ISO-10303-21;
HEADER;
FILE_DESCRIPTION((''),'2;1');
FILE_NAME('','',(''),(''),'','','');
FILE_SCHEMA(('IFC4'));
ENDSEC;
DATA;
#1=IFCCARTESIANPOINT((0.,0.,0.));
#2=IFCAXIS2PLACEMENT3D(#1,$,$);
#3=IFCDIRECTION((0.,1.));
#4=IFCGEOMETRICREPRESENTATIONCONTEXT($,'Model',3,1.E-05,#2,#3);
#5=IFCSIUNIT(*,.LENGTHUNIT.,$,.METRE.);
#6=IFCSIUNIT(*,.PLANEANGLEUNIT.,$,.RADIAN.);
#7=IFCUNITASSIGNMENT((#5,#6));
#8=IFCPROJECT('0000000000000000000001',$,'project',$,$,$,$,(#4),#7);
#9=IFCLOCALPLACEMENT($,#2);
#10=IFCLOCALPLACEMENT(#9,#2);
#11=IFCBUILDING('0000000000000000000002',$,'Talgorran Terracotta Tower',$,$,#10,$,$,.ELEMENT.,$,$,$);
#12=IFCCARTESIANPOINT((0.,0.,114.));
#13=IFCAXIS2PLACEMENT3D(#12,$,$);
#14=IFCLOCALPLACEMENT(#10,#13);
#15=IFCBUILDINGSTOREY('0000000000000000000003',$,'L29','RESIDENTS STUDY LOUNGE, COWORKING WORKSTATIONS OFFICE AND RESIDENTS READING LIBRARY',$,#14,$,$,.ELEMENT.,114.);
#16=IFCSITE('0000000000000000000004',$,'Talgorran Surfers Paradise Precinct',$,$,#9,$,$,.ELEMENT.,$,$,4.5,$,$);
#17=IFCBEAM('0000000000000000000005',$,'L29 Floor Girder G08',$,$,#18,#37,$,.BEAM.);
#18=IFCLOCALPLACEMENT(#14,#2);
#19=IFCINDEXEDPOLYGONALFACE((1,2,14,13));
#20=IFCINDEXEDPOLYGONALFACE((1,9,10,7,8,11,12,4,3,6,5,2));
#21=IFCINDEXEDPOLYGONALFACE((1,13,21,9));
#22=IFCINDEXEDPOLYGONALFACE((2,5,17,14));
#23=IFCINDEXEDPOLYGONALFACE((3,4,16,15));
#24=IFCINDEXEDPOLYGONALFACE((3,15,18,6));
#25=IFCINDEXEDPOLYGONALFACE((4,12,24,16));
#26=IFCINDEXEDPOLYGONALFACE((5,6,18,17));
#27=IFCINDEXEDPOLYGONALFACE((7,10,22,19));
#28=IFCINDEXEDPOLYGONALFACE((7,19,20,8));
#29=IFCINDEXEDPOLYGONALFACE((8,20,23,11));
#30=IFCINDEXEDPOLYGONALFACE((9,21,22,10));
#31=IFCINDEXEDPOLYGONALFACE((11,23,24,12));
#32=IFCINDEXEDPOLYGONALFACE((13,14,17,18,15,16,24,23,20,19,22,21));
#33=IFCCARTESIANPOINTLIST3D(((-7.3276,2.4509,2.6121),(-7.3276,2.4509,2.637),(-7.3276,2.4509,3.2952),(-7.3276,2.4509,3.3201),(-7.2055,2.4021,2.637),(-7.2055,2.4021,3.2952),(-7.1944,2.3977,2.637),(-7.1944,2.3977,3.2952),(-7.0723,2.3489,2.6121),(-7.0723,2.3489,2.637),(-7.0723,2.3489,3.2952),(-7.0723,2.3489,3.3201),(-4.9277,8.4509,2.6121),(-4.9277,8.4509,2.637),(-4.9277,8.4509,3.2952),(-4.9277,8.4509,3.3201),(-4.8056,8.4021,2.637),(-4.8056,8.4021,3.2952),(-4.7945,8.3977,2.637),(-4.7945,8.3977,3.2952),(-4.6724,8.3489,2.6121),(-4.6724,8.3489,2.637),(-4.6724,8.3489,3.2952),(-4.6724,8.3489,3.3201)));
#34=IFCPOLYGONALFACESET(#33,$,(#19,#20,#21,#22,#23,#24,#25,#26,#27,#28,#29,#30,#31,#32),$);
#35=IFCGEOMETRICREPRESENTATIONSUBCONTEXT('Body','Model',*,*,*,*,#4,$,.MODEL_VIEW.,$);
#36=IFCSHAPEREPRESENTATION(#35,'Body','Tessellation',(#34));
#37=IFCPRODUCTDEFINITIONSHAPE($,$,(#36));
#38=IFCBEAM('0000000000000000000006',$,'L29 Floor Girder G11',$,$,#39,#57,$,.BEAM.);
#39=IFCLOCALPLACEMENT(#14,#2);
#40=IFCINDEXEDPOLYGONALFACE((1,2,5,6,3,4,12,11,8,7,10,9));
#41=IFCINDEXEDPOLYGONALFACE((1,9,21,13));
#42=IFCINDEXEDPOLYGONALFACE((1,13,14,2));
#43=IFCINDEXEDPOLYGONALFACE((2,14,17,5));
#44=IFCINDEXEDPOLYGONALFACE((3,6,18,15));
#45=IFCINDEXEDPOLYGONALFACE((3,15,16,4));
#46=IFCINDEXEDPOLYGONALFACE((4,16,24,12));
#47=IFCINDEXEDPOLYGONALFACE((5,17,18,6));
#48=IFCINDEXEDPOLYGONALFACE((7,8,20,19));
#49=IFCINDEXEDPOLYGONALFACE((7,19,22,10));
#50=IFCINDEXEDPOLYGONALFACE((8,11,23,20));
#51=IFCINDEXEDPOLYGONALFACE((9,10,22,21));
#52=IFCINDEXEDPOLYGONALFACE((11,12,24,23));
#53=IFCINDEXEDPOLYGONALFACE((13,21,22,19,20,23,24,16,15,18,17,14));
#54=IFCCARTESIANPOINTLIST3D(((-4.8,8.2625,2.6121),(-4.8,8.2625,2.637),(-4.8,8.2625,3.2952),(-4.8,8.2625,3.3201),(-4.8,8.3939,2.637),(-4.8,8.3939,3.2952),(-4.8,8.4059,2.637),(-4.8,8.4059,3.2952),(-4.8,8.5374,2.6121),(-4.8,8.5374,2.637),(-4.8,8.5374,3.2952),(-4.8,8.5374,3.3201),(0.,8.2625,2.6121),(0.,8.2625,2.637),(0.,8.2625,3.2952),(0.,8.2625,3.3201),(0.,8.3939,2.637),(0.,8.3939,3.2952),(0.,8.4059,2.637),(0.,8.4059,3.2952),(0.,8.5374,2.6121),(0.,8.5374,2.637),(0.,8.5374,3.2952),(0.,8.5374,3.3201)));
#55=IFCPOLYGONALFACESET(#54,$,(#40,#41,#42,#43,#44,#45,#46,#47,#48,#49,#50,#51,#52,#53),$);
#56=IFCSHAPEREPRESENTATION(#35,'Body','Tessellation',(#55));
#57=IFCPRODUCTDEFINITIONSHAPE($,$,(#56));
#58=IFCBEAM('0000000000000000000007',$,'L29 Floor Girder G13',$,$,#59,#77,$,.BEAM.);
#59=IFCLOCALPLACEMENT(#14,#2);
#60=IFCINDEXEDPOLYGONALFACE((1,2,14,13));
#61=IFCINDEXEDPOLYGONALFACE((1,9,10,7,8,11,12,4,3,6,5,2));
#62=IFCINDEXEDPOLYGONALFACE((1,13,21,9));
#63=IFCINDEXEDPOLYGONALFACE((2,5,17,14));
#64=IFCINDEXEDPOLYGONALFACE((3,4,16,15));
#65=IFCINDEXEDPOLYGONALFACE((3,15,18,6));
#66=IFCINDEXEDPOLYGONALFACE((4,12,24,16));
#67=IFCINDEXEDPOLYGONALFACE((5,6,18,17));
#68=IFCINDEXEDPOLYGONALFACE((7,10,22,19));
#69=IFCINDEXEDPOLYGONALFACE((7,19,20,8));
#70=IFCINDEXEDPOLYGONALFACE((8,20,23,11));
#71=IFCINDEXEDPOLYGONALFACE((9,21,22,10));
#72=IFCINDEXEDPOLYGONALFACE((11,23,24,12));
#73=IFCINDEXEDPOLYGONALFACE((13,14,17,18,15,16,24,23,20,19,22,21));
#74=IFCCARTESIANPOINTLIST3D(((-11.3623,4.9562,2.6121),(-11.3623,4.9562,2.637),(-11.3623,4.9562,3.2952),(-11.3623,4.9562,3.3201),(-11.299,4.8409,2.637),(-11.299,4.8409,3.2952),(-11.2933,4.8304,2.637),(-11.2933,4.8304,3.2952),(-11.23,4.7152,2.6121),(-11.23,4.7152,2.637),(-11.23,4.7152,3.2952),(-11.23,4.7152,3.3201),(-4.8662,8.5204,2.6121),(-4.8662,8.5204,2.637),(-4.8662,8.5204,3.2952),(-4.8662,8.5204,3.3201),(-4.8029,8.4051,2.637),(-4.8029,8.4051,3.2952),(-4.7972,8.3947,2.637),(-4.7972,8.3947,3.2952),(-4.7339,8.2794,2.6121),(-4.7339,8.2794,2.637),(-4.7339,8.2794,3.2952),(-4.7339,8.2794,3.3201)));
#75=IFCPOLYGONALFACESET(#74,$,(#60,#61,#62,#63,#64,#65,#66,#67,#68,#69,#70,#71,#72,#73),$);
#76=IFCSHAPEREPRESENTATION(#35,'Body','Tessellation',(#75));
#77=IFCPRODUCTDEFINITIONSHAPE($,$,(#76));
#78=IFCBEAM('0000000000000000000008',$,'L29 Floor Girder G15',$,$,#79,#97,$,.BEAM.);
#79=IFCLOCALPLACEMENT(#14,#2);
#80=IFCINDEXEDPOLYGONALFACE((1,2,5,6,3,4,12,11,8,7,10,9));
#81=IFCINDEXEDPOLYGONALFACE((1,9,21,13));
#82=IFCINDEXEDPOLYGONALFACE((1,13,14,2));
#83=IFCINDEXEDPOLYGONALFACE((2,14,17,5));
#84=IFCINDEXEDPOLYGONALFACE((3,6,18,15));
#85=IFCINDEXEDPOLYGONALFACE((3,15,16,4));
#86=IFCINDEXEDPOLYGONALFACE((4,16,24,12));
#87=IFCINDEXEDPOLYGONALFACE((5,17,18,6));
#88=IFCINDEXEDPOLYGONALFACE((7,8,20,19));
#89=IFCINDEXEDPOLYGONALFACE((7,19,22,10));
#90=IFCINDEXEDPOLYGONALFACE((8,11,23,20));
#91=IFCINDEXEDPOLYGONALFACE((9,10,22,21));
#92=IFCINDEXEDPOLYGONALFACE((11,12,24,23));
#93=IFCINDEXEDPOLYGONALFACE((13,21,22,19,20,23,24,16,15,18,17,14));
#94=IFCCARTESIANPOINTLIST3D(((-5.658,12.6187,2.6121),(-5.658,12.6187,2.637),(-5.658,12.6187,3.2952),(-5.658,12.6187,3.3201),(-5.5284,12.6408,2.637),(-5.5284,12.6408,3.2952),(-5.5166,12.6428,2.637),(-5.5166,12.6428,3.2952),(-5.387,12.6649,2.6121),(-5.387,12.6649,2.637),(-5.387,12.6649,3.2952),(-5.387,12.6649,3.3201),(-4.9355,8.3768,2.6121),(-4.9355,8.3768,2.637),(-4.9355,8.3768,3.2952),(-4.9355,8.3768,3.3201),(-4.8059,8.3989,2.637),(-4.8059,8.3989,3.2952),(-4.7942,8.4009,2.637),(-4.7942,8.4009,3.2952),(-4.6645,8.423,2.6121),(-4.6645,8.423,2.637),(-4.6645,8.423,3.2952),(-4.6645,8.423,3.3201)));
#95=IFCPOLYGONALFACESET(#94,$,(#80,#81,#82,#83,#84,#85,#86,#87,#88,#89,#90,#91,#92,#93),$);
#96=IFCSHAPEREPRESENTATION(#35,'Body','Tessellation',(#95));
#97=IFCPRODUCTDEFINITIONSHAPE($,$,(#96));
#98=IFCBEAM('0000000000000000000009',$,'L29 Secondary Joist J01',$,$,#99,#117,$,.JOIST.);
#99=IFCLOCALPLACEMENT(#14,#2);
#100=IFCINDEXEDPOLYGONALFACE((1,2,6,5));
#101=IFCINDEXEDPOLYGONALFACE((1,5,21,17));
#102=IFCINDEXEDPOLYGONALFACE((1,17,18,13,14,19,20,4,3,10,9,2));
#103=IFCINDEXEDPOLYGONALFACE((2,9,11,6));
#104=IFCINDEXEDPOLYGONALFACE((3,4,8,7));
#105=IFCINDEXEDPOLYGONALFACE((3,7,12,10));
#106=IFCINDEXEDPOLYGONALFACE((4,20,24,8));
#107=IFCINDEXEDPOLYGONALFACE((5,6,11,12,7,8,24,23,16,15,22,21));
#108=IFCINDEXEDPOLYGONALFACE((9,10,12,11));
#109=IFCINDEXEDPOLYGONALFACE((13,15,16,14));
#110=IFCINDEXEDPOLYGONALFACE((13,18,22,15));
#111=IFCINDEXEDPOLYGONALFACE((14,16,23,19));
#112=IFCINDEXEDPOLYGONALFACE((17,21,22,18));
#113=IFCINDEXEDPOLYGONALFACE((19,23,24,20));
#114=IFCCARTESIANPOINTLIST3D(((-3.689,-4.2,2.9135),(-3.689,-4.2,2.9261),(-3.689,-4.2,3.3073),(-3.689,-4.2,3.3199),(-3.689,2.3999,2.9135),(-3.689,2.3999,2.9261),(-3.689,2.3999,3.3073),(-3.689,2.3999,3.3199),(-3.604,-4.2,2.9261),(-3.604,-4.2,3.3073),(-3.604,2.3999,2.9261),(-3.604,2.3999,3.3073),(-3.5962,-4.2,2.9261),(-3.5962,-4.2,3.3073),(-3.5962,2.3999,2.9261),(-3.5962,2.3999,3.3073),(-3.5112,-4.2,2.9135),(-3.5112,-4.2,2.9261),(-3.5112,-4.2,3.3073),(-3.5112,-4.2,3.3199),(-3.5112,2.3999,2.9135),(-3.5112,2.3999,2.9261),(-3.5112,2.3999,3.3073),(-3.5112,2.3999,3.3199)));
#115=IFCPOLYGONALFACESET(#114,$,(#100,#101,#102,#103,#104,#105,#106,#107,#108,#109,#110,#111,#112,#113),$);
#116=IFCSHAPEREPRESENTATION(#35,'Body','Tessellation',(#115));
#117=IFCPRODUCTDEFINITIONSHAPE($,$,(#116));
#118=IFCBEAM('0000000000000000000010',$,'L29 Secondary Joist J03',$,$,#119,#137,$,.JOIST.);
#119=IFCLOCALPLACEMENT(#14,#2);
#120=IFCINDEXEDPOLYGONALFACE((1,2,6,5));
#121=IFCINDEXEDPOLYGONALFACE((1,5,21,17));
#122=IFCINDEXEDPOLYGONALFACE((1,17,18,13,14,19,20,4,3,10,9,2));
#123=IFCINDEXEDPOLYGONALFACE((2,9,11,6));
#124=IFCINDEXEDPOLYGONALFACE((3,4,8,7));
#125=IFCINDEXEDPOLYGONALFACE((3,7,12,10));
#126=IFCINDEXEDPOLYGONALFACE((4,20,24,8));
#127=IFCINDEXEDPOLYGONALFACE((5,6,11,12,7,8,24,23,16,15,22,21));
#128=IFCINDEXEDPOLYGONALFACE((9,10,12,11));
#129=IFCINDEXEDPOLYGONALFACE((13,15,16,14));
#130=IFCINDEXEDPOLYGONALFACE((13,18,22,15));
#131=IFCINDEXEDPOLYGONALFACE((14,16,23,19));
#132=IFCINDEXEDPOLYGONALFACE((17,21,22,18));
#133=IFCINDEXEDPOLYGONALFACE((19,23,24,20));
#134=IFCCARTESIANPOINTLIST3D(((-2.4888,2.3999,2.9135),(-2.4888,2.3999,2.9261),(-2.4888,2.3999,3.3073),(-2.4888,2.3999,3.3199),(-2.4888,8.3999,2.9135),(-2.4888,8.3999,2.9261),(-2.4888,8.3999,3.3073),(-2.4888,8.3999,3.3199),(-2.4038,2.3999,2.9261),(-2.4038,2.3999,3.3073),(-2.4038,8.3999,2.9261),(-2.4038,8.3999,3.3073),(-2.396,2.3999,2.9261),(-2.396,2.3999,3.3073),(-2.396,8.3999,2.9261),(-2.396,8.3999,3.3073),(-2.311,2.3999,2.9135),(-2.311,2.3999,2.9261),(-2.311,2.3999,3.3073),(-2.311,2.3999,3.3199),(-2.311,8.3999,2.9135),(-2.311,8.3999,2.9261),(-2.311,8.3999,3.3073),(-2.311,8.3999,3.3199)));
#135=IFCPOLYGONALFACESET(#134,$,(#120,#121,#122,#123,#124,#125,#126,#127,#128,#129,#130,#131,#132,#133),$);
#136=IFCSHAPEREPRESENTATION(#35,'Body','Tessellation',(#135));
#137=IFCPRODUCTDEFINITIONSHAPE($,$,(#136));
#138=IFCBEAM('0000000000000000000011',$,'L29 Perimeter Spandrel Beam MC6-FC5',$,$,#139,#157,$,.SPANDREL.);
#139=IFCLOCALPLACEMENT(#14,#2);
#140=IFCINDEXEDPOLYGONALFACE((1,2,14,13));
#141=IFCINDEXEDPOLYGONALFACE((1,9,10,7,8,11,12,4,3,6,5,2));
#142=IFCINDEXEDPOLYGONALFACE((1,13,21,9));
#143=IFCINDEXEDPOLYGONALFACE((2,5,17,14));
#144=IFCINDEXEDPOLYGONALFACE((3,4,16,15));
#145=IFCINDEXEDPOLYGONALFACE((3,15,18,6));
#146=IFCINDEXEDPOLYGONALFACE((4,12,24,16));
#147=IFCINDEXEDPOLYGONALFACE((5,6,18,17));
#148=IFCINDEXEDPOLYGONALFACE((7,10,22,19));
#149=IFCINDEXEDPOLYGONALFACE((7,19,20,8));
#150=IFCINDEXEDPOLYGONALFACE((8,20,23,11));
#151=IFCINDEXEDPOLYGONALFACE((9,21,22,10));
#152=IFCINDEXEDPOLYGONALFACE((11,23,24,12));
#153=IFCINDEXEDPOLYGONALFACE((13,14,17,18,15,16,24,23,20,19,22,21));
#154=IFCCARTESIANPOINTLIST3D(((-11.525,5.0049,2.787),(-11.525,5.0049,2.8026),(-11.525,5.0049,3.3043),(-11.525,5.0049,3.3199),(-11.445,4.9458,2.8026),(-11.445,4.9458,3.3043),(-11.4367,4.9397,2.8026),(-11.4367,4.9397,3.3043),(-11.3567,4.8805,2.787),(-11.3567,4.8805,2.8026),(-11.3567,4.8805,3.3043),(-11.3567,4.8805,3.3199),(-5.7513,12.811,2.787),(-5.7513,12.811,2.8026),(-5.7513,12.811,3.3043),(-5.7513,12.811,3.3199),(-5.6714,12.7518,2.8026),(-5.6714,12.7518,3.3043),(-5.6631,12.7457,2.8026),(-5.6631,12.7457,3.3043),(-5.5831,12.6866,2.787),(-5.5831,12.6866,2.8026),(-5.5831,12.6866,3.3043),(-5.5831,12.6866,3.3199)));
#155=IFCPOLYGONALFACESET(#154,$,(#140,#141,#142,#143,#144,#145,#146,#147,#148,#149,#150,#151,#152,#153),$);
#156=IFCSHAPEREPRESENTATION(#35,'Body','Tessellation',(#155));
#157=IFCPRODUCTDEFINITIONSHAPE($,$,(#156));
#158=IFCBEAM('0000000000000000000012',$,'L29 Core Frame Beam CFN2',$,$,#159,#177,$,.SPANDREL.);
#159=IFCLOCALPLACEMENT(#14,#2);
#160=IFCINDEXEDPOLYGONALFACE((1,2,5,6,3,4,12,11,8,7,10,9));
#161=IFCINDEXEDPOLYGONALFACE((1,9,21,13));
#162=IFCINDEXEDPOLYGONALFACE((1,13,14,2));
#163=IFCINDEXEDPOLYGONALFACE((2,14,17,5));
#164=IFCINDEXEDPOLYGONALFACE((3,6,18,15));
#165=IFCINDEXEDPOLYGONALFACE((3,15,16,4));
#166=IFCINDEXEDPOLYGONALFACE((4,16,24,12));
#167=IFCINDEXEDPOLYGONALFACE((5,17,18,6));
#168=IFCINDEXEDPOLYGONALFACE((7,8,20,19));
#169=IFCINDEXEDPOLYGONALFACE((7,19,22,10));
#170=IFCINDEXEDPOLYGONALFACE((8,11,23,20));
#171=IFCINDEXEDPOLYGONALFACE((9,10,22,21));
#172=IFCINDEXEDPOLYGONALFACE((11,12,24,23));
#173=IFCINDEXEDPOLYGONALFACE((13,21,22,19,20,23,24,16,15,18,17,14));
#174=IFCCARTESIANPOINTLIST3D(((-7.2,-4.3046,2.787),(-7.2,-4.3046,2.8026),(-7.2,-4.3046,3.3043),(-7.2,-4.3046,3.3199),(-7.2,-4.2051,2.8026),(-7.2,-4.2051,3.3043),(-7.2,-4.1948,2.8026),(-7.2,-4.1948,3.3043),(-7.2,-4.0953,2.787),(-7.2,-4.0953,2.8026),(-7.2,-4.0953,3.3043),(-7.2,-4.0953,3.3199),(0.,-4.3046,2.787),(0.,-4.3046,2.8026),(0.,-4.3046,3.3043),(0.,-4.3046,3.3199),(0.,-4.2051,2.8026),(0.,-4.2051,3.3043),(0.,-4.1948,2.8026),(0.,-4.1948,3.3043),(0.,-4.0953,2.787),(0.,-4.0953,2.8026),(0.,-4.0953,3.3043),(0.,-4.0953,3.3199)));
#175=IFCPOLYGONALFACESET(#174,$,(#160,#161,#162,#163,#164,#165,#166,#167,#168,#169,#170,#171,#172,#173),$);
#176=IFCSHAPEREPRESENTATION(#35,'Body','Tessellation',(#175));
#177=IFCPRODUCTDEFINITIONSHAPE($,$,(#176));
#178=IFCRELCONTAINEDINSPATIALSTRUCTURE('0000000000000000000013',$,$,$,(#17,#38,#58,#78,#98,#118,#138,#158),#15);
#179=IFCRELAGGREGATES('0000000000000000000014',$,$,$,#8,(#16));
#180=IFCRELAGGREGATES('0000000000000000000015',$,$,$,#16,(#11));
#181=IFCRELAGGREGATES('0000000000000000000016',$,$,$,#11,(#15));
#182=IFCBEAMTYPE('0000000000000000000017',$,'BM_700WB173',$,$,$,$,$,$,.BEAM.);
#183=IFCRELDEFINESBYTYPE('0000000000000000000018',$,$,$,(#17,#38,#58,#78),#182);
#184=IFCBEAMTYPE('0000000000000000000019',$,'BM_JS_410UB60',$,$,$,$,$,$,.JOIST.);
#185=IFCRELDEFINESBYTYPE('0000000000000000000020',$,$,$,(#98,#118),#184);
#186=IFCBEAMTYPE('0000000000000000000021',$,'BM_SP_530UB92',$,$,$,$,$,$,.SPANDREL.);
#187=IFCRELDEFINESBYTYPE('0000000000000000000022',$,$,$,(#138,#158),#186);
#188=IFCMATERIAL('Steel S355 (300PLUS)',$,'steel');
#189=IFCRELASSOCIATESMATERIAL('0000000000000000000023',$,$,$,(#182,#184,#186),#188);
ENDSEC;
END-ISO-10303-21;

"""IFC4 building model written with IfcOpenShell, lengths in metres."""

from ifc_helpers import new_model, si_unit, direction, frame, origin, origin_2d, place, context, subcontext, project, spatial, i_section, extrude, material, material_profile, profile_set, type_object, element, save


model = new_model("IFC4")

# Units and contexts
model_context = context("Model", 3, precision=1e-05, world=origin(), true_north=direction((0.0, 1.0)))
body_context = subcontext(model_context, "Body", "Model", "MODEL_VIEW")
ifc_project = project(units=[si_unit("LENGTHUNIT", "METRE"), si_unit("PLANEANGLEUNIT", "RADIAN")], contexts=[model_context])

# Site, building, storey
site_placement = place(None, origin())
site = spatial("IfcSite", under=ifc_project, at=site_placement, Name="Talgorran Surfers Paradise Precinct", CompositionType="ELEMENT", RefElevation=4.5)
building_placement = place(site_placement, origin())
building = spatial("IfcBuilding", under=site, at=building_placement, Name="Talgorran Terracotta Tower", CompositionType="ELEMENT")
storey_placement = place(building_placement, frame((0.0, 0.0, 114.0)))
storey = spatial("IfcBuildingStorey", under=building, at=storey_placement, Name="L29", Description="RESIDENTS STUDY LOUNGE, COWORKING WORKSTATIONS OFFICE AND RESIDENTS READING LIBRARY", CompositionType="ELEMENT", Elevation=114.0)

# Shared definitions
ifc_material_1 = material(Name="Steel S355 (300PLUS)", Category="steel")

# Beams
ifc_material_profile_1 = material_profile(ifc_material_1, i_section(OverallWidth=0.2749, OverallDepth=0.708, WebThickness=0.012, FlangeThickness=0.0249, at=origin_2d()), Name="700WB173")
ifc_profile_set_1 = profile_set([ifc_material_profile_1], Name="Steel S355 (300PLUS)")
beam_type_1 = type_object("IfcBeamType", Name="BM_700WB173", PredefinedType="BEAM", material=ifc_profile_set_1)
beam_1_placement = place(storey_placement, frame((-7.2, 2.3999, 2.9661), z_axis=(0.371378, 0.928482, 0.0), x_axis=(-0.928482, 0.371378, 0.0)))
element("IfcBeam", 1, at=beam_1_placement, inside=storey, type_object=beam_type_1, Name="L29 Floor Girder G08", PredefinedType="BEAM", context=body_context, shape_type="SweptSolid", body=[
    extrude(i_section(OverallWidth=0.2749, OverallDepth=0.708, WebThickness=0.012, FlangeThickness=0.0249, at=origin_2d()), origin(), (0.0, 0.0, 1.0), 6.4622),
])
beam_2_placement = place(storey_placement, frame((-4.8, 8.3999, 2.9661), z_axis=(1.0, 0.0, 0.0), x_axis=(0.0, 1.0, 0.0)))
element("IfcBeam", 2, at=beam_2_placement, inside=storey, type_object=beam_type_1, Name="L29 Floor Girder G11", PredefinedType="BEAM", context=body_context, shape_type="SweptSolid", body=[
    extrude(i_section(OverallWidth=0.2749, OverallDepth=0.708, WebThickness=0.012, FlangeThickness=0.0249, at=origin_2d()), origin(), (0.0, 0.0, 1.0), 4.8),
])
beam_3_placement = place(storey_placement, frame((-4.8, 8.3999, 2.9661), z_axis=(-0.876708, -0.481023, 0.0), x_axis=(0.481023, -0.876708, 0.0)))
element("IfcBeam", 3, at=beam_3_placement, inside=storey, type_object=beam_type_1, Name="L29 Floor Girder G13", PredefinedType="BEAM", context=body_context, shape_type="SweptSolid", body=[
    extrude(i_section(OverallWidth=0.2749, OverallDepth=0.708, WebThickness=0.012, FlangeThickness=0.0249, at=origin_2d()), origin(), (0.0, 0.0, 1.0), 7.4097),
])
beam_4_placement = place(storey_placement, frame((-4.8, 8.3999, 2.9661), z_axis=(-0.167885, 0.985807, 0.0), x_axis=(-0.985807, -0.167885, 0.0)))
element("IfcBeam", 4, at=beam_4_placement, inside=storey, type_object=beam_type_1, Name="L29 Floor Girder G15", PredefinedType="BEAM", context=body_context, shape_type="SweptSolid", body=[
    extrude(i_section(OverallWidth=0.2749, OverallDepth=0.708, WebThickness=0.012, FlangeThickness=0.0249, at=origin_2d()), origin(), (0.0, 0.0, 1.0), 4.303),
])
ifc_material_profile_2 = material_profile(ifc_material_1, i_section(OverallWidth=0.1777, OverallDepth=0.4065, WebThickness=0.0078, FlangeThickness=0.0127, at=origin_2d()), Name="410UB59.7")
ifc_profile_set_2 = profile_set([ifc_material_profile_2], Name="Steel S355 (300PLUS)")
beam_type_2 = type_object("IfcBeamType", Name="BM_JS_410UB60", PredefinedType="JOIST", material=ifc_profile_set_2)
beam_5_placement = place(storey_placement, frame((-3.6001, -4.2, 3.1167), z_axis=(0.0, 1.0, 0.0), x_axis=(-1.0, 0.0, 0.0)))
element("IfcBeam", 5, at=beam_5_placement, inside=storey, type_object=beam_type_2, Name="L29 Secondary Joist J01", PredefinedType="JOIST", context=body_context, shape_type="SweptSolid", body=[
    extrude(i_section(OverallWidth=0.1777, OverallDepth=0.4065, WebThickness=0.0078, FlangeThickness=0.0127, at=origin_2d()), origin(), (0.0, 0.0, 1.0), 6.5999),
])
beam_6_placement = place(storey_placement, frame((-2.3999, 2.3999, 3.1167), z_axis=(0.0, 1.0, 0.0), x_axis=(-1.0, 0.0, 0.0)))
element("IfcBeam", 6, at=beam_6_placement, inside=storey, type_object=beam_type_2, Name="L29 Secondary Joist J03", PredefinedType="JOIST", context=body_context, shape_type="SweptSolid", body=[
    extrude(i_section(OverallWidth=0.1777, OverallDepth=0.4065, WebThickness=0.0078, FlangeThickness=0.0127, at=origin_2d()), origin(), (0.0, 0.0, 1.0), 6.0),
])
ifc_material_profile_3 = material_profile(ifc_material_1, i_section(OverallWidth=0.2092, OverallDepth=0.533, WebThickness=0.0103, FlangeThickness=0.0156, at=origin_2d()), Name="530UB92.4")
ifc_profile_set_3 = profile_set([ifc_material_profile_3], Name="Steel S355 (300PLUS)")
beam_type_3 = type_object("IfcBeamType", Name="BM_SP_530UB92", PredefinedType="SPANDREL", material=ifc_profile_set_3)
beam_7_placement = place(storey_placement, frame((-5.6672, 12.7488, 3.0535), z_axis=(-0.594652, -0.803983, 0.0), x_axis=(0.803983, -0.594652, 0.0)))
element("IfcBeam", 7, at=beam_7_placement, inside=storey, type_object=beam_type_3, Name="L29 Perimeter Spandrel Beam MC6-FC5", PredefinedType="SPANDREL", context=body_context, shape_type="SweptSolid", body=[
    extrude(i_section(OverallWidth=0.2092, OverallDepth=0.533, WebThickness=0.0103, FlangeThickness=0.0156, at=origin_2d()), origin(), (0.0, 0.0, 1.0), 9.7092),
])
beam_8_placement = place(storey_placement, frame((-7.2, -4.2, 3.0535), z_axis=(1.0, 0.0, 0.0), x_axis=(0.0, 1.0, 0.0)))
element("IfcBeam", 8, at=beam_8_placement, inside=storey, type_object=beam_type_3, Name="L29 Core Frame Beam CFN2", PredefinedType="SPANDREL", context=body_context, shape_type="SweptSolid", body=[
    extrude(i_section(OverallWidth=0.2092, OverallDepth=0.533, WebThickness=0.0103, FlangeThickness=0.0156, at=origin_2d()), origin(), (0.0, 0.0, 1.0), 7.2),
])

save(model, "model.ifc")
